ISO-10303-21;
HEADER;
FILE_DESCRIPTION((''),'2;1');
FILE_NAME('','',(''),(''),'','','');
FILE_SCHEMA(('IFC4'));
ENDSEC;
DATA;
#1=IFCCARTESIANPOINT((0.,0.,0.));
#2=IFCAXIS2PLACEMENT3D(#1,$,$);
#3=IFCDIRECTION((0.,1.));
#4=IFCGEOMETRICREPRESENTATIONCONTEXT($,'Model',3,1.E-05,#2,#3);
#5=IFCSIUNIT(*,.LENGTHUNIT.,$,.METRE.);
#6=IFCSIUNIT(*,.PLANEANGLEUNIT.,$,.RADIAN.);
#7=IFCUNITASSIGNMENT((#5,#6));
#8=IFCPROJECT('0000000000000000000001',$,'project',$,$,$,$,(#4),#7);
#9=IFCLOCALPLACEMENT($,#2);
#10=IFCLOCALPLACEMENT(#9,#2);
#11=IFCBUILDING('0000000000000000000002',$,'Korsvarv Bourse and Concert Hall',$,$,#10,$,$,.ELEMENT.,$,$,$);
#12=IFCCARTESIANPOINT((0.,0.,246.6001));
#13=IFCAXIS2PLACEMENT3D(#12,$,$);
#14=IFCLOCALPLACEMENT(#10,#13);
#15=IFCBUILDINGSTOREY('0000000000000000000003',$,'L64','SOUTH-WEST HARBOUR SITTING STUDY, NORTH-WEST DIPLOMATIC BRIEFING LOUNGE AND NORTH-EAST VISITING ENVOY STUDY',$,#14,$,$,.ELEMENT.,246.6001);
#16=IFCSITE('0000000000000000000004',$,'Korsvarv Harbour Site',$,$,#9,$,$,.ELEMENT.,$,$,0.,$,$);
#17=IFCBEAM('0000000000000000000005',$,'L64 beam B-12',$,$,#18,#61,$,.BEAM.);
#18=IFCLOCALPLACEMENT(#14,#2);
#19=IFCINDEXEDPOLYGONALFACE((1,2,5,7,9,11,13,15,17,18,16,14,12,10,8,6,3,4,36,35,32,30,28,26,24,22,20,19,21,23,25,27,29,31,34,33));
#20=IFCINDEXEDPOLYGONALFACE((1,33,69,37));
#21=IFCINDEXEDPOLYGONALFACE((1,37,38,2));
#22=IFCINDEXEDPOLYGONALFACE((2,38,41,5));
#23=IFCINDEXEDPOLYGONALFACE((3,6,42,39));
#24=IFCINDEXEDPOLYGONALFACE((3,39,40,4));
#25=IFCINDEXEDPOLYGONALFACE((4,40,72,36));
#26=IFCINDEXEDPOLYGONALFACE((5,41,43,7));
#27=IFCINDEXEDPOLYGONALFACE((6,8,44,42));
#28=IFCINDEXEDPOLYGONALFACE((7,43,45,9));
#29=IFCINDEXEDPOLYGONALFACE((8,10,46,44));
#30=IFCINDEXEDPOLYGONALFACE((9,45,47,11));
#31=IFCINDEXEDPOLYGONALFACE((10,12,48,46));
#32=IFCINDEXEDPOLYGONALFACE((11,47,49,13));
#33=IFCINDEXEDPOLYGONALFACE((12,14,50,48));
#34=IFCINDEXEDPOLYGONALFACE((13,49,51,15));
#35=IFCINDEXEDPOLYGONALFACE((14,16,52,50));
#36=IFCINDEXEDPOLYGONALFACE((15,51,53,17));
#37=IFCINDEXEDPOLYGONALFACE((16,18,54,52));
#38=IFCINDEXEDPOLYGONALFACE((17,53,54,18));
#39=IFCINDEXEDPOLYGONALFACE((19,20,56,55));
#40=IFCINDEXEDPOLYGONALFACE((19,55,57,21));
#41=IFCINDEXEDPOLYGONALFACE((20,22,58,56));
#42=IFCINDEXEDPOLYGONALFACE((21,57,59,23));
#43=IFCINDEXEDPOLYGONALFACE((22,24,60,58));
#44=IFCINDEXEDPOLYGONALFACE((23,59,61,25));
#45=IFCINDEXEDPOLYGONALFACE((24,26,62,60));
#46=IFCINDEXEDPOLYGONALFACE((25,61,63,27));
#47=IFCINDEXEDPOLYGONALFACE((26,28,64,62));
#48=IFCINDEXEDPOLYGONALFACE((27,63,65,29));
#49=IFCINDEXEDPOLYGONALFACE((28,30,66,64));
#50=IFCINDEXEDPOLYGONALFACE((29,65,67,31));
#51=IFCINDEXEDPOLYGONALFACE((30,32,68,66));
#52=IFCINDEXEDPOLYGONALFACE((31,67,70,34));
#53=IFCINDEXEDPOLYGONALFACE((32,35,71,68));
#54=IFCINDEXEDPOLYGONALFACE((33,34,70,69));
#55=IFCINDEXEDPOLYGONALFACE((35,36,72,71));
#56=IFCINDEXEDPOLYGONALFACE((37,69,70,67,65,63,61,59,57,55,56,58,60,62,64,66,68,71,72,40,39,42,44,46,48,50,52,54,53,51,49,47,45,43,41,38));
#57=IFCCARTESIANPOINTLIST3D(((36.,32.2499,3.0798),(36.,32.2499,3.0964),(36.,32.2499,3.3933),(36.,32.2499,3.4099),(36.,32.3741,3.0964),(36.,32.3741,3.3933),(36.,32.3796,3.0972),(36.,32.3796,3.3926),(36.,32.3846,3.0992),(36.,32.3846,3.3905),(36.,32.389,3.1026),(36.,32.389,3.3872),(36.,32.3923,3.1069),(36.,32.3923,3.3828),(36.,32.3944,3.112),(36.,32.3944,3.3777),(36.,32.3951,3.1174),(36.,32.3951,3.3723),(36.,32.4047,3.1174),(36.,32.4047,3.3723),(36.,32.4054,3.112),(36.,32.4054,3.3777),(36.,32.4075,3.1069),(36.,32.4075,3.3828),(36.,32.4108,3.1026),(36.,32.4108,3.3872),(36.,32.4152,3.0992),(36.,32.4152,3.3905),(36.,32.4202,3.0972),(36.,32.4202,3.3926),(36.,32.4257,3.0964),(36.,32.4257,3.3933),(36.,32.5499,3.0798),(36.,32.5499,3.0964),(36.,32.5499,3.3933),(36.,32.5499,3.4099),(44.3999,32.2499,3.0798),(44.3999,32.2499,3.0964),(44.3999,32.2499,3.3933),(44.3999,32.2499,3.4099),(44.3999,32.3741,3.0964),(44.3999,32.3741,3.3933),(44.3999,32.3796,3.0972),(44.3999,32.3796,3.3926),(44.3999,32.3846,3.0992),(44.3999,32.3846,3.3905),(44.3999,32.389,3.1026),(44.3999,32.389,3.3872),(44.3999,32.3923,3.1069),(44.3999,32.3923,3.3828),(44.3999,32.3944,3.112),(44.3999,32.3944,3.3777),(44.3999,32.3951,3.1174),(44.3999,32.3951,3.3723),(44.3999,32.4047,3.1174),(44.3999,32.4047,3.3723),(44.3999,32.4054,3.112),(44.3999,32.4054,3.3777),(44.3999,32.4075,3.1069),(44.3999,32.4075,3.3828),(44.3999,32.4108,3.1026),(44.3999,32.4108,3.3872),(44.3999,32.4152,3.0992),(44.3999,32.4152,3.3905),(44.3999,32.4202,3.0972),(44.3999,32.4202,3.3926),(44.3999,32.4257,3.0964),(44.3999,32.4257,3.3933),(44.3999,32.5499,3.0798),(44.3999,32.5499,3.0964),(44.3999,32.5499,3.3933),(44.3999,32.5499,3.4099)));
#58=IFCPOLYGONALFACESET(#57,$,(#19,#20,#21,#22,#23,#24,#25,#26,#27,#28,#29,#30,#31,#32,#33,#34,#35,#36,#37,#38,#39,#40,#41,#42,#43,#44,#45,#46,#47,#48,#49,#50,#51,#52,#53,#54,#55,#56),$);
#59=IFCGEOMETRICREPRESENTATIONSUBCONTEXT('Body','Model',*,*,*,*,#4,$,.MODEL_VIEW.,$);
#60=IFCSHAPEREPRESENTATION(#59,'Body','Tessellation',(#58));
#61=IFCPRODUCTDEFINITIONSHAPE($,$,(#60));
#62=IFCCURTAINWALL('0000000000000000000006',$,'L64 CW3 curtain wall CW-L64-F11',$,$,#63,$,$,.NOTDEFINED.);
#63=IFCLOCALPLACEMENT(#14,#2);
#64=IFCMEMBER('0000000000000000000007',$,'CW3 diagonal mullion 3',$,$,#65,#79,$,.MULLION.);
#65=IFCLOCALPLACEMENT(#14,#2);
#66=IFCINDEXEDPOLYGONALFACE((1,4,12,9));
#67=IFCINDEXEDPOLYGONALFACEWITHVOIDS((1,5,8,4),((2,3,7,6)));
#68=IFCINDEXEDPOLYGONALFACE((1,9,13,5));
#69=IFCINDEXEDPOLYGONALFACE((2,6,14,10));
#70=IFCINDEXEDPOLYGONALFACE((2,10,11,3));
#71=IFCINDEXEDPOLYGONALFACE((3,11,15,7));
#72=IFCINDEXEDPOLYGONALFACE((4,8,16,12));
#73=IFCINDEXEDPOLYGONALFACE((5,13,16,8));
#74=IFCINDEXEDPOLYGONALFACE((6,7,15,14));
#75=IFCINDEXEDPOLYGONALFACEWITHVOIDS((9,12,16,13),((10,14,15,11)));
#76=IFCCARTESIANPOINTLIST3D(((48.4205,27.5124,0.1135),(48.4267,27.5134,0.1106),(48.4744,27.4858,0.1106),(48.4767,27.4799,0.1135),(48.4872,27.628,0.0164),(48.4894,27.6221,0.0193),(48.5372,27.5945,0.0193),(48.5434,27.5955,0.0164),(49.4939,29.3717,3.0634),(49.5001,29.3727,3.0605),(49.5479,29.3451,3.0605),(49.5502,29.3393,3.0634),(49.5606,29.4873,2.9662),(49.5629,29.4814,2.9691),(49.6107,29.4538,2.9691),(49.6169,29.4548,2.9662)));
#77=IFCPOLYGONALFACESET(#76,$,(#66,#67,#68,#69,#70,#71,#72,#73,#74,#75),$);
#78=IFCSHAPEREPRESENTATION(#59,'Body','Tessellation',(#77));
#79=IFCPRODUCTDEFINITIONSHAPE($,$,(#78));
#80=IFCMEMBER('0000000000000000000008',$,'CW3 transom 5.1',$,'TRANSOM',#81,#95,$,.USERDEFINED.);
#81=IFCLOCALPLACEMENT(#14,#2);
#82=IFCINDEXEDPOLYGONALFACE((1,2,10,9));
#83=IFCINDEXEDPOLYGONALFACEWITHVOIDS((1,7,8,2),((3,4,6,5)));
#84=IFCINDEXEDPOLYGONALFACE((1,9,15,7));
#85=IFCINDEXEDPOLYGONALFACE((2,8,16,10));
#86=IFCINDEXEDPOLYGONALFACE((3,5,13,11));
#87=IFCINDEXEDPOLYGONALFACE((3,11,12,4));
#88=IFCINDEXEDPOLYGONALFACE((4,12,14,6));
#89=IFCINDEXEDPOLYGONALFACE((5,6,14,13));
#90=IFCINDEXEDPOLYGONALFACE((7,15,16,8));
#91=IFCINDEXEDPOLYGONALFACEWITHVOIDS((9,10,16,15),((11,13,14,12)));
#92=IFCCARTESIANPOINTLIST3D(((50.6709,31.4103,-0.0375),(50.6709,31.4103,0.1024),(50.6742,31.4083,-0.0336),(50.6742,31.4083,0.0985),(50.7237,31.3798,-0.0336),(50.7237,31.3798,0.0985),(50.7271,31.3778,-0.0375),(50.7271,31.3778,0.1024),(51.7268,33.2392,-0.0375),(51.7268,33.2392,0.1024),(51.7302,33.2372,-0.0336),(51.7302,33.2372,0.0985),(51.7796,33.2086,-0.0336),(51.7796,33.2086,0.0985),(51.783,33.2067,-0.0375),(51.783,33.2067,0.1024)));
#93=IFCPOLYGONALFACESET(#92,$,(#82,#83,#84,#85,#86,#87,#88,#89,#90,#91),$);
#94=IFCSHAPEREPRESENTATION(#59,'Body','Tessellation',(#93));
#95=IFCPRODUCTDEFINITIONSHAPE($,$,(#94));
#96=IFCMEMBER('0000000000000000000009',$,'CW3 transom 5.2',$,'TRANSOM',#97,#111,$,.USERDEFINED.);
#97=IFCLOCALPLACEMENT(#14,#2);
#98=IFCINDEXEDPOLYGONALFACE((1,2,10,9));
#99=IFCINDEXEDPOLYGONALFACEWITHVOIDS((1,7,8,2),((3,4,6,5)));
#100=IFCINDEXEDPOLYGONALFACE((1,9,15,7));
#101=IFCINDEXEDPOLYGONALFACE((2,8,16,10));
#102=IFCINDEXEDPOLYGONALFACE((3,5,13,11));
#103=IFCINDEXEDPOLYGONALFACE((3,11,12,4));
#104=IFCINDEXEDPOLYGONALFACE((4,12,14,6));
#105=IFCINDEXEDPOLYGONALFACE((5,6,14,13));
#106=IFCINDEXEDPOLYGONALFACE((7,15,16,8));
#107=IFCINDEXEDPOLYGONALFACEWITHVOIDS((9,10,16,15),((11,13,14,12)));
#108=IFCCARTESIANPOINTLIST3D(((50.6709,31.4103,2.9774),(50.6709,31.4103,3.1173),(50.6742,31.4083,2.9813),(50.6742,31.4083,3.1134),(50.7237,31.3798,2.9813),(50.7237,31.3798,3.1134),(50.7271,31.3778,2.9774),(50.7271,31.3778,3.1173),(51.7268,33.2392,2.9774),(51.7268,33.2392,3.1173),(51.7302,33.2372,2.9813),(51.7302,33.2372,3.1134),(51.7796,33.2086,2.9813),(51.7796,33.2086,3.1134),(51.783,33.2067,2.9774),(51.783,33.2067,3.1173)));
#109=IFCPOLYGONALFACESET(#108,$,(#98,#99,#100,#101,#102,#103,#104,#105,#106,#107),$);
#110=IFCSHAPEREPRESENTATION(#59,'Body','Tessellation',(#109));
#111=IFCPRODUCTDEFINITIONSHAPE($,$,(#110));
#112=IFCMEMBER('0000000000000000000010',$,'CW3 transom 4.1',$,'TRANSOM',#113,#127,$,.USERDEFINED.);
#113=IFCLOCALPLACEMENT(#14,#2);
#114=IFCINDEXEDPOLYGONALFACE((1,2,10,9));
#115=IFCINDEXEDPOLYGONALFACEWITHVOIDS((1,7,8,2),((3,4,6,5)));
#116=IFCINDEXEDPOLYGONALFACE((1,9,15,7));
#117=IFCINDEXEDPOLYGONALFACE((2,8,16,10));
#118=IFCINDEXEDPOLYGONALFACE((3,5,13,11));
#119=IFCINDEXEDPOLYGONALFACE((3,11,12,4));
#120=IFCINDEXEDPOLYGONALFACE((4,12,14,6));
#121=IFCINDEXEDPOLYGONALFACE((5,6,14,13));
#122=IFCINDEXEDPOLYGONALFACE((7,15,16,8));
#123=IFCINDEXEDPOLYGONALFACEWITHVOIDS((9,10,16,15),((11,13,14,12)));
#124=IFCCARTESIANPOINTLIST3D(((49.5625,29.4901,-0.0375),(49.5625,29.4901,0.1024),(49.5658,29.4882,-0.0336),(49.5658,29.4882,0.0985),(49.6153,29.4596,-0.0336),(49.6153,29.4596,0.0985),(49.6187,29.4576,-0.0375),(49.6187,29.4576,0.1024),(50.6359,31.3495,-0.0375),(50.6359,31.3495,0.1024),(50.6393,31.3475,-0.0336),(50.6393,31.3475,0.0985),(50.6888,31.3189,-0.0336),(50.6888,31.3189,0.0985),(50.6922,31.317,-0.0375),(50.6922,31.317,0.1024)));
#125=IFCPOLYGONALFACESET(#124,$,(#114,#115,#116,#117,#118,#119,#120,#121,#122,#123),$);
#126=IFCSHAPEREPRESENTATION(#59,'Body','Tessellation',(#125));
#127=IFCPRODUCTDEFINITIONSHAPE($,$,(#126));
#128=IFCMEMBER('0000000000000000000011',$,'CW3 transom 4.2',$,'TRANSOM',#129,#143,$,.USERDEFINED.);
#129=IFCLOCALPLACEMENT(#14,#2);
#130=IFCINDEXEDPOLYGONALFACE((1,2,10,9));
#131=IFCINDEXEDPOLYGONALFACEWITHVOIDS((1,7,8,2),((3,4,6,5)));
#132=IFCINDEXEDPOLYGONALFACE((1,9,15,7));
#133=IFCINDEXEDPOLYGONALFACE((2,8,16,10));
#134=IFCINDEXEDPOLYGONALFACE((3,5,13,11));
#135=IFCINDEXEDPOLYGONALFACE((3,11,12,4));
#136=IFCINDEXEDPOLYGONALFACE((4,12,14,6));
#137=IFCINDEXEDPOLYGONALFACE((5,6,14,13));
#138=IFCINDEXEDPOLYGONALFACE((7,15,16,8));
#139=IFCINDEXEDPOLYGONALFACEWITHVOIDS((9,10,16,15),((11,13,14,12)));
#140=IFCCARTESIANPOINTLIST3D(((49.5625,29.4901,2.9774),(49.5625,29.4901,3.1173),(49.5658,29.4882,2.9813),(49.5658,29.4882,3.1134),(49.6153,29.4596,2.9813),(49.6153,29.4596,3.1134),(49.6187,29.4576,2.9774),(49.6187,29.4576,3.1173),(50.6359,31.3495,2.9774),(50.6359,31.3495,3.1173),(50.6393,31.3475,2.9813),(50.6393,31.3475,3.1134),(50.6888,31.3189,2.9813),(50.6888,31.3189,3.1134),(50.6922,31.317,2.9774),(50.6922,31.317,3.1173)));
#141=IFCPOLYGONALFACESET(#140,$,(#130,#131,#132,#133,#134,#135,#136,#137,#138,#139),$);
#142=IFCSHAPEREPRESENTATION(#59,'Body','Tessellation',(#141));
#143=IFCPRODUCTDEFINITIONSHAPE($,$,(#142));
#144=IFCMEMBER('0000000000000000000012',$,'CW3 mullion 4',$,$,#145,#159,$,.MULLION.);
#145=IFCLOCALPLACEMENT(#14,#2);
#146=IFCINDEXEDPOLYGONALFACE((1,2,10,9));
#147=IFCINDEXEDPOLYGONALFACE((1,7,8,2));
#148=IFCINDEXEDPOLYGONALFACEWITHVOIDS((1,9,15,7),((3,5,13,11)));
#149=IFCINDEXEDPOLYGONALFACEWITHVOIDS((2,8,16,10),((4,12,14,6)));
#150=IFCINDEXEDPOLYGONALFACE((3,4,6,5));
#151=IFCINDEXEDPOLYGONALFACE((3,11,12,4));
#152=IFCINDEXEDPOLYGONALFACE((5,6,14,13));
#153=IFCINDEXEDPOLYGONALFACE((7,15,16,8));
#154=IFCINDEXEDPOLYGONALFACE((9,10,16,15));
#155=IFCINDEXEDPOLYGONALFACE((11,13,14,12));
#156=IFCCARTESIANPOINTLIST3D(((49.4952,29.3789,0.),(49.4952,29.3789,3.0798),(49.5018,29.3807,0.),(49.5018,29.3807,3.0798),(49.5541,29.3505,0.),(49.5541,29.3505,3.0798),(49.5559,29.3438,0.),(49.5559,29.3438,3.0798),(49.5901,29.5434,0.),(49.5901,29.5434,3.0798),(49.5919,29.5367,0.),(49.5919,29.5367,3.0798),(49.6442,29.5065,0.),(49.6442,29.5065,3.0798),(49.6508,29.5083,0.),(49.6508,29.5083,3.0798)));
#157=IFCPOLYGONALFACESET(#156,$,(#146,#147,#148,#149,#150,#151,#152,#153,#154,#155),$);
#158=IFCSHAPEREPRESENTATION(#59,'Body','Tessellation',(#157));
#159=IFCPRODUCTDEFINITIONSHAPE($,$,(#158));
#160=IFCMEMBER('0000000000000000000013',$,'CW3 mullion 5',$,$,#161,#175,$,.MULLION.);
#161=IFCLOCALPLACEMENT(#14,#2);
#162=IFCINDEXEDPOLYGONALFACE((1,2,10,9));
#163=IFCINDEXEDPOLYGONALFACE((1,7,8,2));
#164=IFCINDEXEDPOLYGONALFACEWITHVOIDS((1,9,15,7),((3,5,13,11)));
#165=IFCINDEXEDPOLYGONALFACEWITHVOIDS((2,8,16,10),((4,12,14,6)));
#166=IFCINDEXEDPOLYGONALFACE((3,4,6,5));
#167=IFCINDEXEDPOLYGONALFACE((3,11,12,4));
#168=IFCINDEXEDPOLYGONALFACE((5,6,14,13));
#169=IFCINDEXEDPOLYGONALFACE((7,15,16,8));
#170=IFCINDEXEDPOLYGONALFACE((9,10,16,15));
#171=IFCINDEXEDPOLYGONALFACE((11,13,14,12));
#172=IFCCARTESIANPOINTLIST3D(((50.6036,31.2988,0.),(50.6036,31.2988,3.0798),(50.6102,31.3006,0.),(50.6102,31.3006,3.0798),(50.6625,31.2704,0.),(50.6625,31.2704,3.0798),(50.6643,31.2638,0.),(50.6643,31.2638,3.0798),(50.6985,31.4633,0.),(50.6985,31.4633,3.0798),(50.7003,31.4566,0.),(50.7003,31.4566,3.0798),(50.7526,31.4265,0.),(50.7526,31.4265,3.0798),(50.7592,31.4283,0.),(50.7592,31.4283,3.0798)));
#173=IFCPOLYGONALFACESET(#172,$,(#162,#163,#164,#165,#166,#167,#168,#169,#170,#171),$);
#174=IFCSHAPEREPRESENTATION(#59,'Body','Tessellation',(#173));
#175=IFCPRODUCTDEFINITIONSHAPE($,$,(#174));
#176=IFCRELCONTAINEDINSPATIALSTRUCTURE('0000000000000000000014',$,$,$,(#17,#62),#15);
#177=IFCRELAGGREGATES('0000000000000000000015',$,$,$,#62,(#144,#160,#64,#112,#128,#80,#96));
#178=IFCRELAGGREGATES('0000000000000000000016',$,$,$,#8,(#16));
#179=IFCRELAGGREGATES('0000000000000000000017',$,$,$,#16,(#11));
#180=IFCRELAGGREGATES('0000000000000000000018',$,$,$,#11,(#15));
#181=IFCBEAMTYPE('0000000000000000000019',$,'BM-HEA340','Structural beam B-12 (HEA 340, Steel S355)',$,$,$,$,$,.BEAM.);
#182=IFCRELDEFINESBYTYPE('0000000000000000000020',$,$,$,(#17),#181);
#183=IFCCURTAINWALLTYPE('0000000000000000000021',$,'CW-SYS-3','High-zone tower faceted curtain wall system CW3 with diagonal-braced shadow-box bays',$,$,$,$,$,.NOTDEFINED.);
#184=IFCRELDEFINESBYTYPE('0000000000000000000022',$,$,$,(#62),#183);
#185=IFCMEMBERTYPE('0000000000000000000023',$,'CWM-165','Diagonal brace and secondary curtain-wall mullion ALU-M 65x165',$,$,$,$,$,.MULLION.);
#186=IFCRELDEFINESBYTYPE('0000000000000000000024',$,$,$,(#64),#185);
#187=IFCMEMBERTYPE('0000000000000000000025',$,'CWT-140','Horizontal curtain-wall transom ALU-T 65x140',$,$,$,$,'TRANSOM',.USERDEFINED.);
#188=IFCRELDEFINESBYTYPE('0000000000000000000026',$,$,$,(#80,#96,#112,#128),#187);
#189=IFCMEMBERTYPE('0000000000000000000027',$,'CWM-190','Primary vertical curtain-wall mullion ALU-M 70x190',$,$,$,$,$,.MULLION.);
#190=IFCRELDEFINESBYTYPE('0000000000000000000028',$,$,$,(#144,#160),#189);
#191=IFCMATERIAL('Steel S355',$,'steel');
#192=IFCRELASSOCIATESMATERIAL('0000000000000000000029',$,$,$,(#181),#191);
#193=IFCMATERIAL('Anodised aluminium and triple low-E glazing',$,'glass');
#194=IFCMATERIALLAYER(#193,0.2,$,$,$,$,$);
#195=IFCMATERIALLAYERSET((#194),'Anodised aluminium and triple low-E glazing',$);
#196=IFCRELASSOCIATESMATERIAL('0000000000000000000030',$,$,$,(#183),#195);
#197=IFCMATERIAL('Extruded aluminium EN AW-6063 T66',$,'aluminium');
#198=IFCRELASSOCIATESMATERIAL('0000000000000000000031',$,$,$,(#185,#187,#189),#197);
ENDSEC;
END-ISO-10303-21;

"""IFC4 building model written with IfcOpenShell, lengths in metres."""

from ifc_helpers import new_model, si_unit, direction, frame, origin, origin_2d, place, context, subcontext, project, spatial, hollow_rectangle, i_section, extrude, source, transform, mapped, material, layer, layer_set, material_profile, profile_set, type_object, element, aggregate, save


model = new_model("IFC4")

# Units and contexts
model_context = context("Model", 3, precision=1e-05, world=origin(), true_north=direction((0.0, 1.0)))
body_context = subcontext(model_context, "Body", "Model", "MODEL_VIEW")
ifc_project = project(units=[si_unit("LENGTHUNIT", "METRE"), si_unit("PLANEANGLEUNIT", "RADIAN")], contexts=[model_context])

# Site, building, storey
site_placement = place(None, origin())
site = spatial("IfcSite", under=ifc_project, at=site_placement, Name="Korsvarv Harbour Site", CompositionType="ELEMENT", RefElevation=0.0)
building_placement = place(site_placement, origin())
building = spatial("IfcBuilding", under=site, at=building_placement, Name="Korsvarv Bourse and Concert Hall", CompositionType="ELEMENT")
storey_placement = place(building_placement, frame((0.0, 0.0, 246.6001)))
storey = spatial("IfcBuildingStorey", under=building, at=storey_placement, Name="L64", Description="SOUTH-WEST HARBOUR SITTING STUDY, NORTH-WEST DIPLOMATIC BRIEFING LOUNGE AND NORTH-EAST VISITING ENVOY STUDY", CompositionType="ELEMENT", Elevation=246.6001)

# Beam
ifc_material_1 = material(Name="Steel S355", Category="steel")
ifc_material_profile_1 = material_profile(ifc_material_1, i_section(OverallWidth=0.3, OverallDepth=0.3301, WebThickness=0.0095, FlangeThickness=0.0166, FilletRadius=0.021, at=origin_2d()), Name="HEA 340")
ifc_profile_set_1 = profile_set([ifc_material_profile_1], Name="Steel S355")
beam_type_1 = type_object("IfcBeamType", Name="BM-HEA340", Description="Structural beam B-12 (HEA 340, Steel S355)", PredefinedType="BEAM", material=ifc_profile_set_1)
shared_shape_1 = source(origin(), body_context, "Body", "SweptSolid", [
    extrude(i_section(OverallWidth=0.3, OverallDepth=0.3301, WebThickness=0.0095, FlangeThickness=0.0166, FilletRadius=0.021, at=origin_2d()), origin(), (0.0, 0.0, 1.0), 8.3999),
])
beam_1_placement = place(storey_placement, frame((36.0, 32.3999, 3.2449), z_axis=(1.0, 0.0, 0.0), x_axis=(0.0, 1.0, 0.0)))
element("IfcBeam", 1, at=beam_1_placement, inside=storey, type_object=beam_type_1, Name="L64 beam B-12", PredefinedType="BEAM", context=body_context, shape_type="MappedRepresentation", body=[
    mapped(shared_shape_1, transform((0.0, 0.0, 0.0), scale=1.0)),
])

# Curtain wall, members
ifc_material_2 = material(Name="Anodised aluminium and triple low-E glazing", Category="glass")
ifc_layer_1 = layer(ifc_material_2, 0.2)
ifc_layer_set_1 = layer_set([ifc_layer_1], Name="Anodised aluminium and triple low-E glazing")
curtain_wall_type = type_object("IfcCurtainWallType", Name="CW-SYS-3", Description="High-zone tower faceted curtain wall system CW3 with diagonal-braced shadow-box bays", PredefinedType="NOTDEFINED", material=ifc_layer_set_1)
curtain_wall_placement = place(storey_placement, origin())
curtain_wall = element("IfcCurtainWall", 2, at=curtain_wall_placement, inside=storey, type_object=curtain_wall_type, Name="L64 CW3 curtain wall CW-L64-F11", PredefinedType="NOTDEFINED")
ifc_material_3 = material(Name="Extruded aluminium EN AW-6063 T66", Category="aluminium")
ifc_material_profile_2 = material_profile(ifc_material_3, hollow_rectangle(XDim=0.0649, YDim=0.165, WallThickness=0.0049, at=origin_2d()), Name="ALU-M 65x165")
ifc_profile_set_2 = profile_set([ifc_material_profile_2], Name="Extruded aluminium EN AW-6063 T66")
member_type_1 = type_object("IfcMemberType", Name="CWM-165", Description="Diagonal brace and secondary curtain-wall mullion ALU-M 65x165", PredefinedType="MULLION", material=ifc_profile_set_2)
shared_shape_2 = source(origin(), body_context, "Body", "SweptSolid", [
    extrude(hollow_rectangle(XDim=0.0649, YDim=0.165, WallThickness=0.0049, at=origin_2d()), origin(), (0.0, 0.0, 1.0), 3.6484),
])
member_1_placement = place(storey_placement, frame((48.4819, 27.554, 0.0649), z_axis=(0.294223, 0.509621, 0.808529), x_axis=(-0.86603, 0.499992, 0.0)))
member_1 = element("IfcMember", 3, at=member_1_placement, type_object=member_type_1, Name="CW3 diagonal mullion 3", PredefinedType="MULLION", context=body_context, shape_type="MappedRepresentation", body=[
    mapped(shared_shape_2, transform((0.0, 0.0, 0.0), scale=1.0)),
])
ifc_material_profile_3 = material_profile(ifc_material_3, hollow_rectangle(XDim=0.0649, YDim=0.1399, WallThickness=0.0039, at=origin_2d()), Name="ALU-T 65x140")
ifc_profile_set_3 = profile_set([ifc_material_profile_3], Name="Extruded aluminium EN AW-6063 T66")
member_type_2 = type_object("IfcMemberType", Name="CWT-140", Description="Horizontal curtain-wall transom ALU-T 65x140", ElementType="TRANSOM", PredefinedType="USERDEFINED", material=ifc_profile_set_3)
shared_shape_3 = source(origin(), body_context, "Body", "SweptSolid", [
    extrude(hollow_rectangle(XDim=0.0649, YDim=0.1399, WallThickness=0.0039, at=origin_2d()), origin(), (0.0, 0.0, 1.0), 2.1118),
])
member_2_placement = place(storey_placement, frame((50.699, 31.394, 0.0325), z_axis=(0.500006, 0.866022, 0.0), x_axis=(-0.866022, 0.500006, 0.0)))
member_2 = element("IfcMember", 4, at=member_2_placement, type_object=member_type_2, Name="CW3 transom 5.1", ObjectType="TRANSOM", PredefinedType="USERDEFINED", context=body_context, shape_type="MappedRepresentation", body=[
    mapped(shared_shape_3, transform((0.0, 0.0, 0.0), scale=1.0)),
])
member_3_placement = place(storey_placement, frame((50.699, 31.394, 3.0474), z_axis=(0.500006, 0.866022, 0.0), x_axis=(-0.866022, 0.500006, 0.0)))
member_3 = element("IfcMember", 5, at=member_3_placement, type_object=member_type_2, Name="CW3 transom 5.2", ObjectType="TRANSOM", PredefinedType="USERDEFINED", context=body_context, shape_type="MappedRepresentation", body=[
    mapped(shared_shape_3, transform((0.0, 0.0, 0.0), scale=1.0)),
])
shared_shape_4 = source(origin(), body_context, "Body", "SweptSolid", [
    extrude(hollow_rectangle(XDim=0.0649, YDim=0.1399, WallThickness=0.0039, at=origin_2d()), origin(), (0.0, 0.0, 1.0), 2.147),
])
member_4_placement = place(storey_placement, frame((49.5906, 29.4739, 0.0325), z_axis=(0.499992, 0.86603, 0.0), x_axis=(-0.86603, 0.499992, 0.0)))
member_4 = element("IfcMember", 6, at=member_4_placement, type_object=member_type_2, Name="CW3 transom 4.1", ObjectType="TRANSOM", PredefinedType="USERDEFINED", context=body_context, shape_type="MappedRepresentation", body=[
    mapped(shared_shape_4, transform((0.0, 0.0, 0.0), scale=1.0)),
])
member_5_placement = place(storey_placement, frame((49.5906, 29.4739, 3.0474), z_axis=(0.499992, 0.86603, 0.0), x_axis=(-0.86603, 0.499992, 0.0)))
member_5 = element("IfcMember", 7, at=member_5_placement, type_object=member_type_2, Name="CW3 transom 4.2", ObjectType="TRANSOM", PredefinedType="USERDEFINED", context=body_context, shape_type="MappedRepresentation", body=[
    mapped(shared_shape_4, transform((0.0, 0.0, 0.0), scale=1.0)),
])
ifc_material_profile_4 = material_profile(ifc_material_3, hollow_rectangle(XDim=0.0701, YDim=0.1899, WallThickness=0.0049, at=origin_2d()), Name="ALU-M 70x190")
ifc_profile_set_4 = profile_set([ifc_material_profile_4], Name="Extruded aluminium EN AW-6063 T66")
member_type_3 = type_object("IfcMemberType", Name="CWM-190", Description="Primary vertical curtain-wall mullion ALU-M 70x190", PredefinedType="MULLION", material=ifc_profile_set_4)
shared_shape_5 = source(origin(), body_context, "Body", "SweptSolid", [
    extrude(hollow_rectangle(XDim=0.0701, YDim=0.1899, WallThickness=0.0049, at=origin_2d()), origin(), (0.0, 0.0, 1.0), 3.0798),
])
member_6_placement = place(storey_placement, frame((49.573, 29.4436, 0.0), z_axis=(0.0, 0.0, 1.0), x_axis=(-0.866022, 0.500006, 0.0)))
member_6 = element("IfcMember", 8, at=member_6_placement, type_object=member_type_3, Name="CW3 mullion 4", PredefinedType="MULLION", context=body_context, shape_type="MappedRepresentation", body=[
    mapped(shared_shape_5, transform((0.0, 0.0, 0.0), scale=1.0)),
])
member_7_placement = place(storey_placement, frame((50.6814, 31.3635, 0.0), z_axis=(0.0, 0.0, 1.0), x_axis=(-0.866022, 0.500006, 0.0)))
member_7 = element("IfcMember", 9, at=member_7_placement, type_object=member_type_3, Name="CW3 mullion 5", PredefinedType="MULLION", context=body_context, shape_type="MappedRepresentation", body=[
    mapped(shared_shape_5, transform((0.0, 0.0, 0.0), scale=1.0)),
])
aggregate(curtain_wall, [member_6, member_7, member_1, member_4, member_5, member_2, member_3])

save(model, "model.ifc")
